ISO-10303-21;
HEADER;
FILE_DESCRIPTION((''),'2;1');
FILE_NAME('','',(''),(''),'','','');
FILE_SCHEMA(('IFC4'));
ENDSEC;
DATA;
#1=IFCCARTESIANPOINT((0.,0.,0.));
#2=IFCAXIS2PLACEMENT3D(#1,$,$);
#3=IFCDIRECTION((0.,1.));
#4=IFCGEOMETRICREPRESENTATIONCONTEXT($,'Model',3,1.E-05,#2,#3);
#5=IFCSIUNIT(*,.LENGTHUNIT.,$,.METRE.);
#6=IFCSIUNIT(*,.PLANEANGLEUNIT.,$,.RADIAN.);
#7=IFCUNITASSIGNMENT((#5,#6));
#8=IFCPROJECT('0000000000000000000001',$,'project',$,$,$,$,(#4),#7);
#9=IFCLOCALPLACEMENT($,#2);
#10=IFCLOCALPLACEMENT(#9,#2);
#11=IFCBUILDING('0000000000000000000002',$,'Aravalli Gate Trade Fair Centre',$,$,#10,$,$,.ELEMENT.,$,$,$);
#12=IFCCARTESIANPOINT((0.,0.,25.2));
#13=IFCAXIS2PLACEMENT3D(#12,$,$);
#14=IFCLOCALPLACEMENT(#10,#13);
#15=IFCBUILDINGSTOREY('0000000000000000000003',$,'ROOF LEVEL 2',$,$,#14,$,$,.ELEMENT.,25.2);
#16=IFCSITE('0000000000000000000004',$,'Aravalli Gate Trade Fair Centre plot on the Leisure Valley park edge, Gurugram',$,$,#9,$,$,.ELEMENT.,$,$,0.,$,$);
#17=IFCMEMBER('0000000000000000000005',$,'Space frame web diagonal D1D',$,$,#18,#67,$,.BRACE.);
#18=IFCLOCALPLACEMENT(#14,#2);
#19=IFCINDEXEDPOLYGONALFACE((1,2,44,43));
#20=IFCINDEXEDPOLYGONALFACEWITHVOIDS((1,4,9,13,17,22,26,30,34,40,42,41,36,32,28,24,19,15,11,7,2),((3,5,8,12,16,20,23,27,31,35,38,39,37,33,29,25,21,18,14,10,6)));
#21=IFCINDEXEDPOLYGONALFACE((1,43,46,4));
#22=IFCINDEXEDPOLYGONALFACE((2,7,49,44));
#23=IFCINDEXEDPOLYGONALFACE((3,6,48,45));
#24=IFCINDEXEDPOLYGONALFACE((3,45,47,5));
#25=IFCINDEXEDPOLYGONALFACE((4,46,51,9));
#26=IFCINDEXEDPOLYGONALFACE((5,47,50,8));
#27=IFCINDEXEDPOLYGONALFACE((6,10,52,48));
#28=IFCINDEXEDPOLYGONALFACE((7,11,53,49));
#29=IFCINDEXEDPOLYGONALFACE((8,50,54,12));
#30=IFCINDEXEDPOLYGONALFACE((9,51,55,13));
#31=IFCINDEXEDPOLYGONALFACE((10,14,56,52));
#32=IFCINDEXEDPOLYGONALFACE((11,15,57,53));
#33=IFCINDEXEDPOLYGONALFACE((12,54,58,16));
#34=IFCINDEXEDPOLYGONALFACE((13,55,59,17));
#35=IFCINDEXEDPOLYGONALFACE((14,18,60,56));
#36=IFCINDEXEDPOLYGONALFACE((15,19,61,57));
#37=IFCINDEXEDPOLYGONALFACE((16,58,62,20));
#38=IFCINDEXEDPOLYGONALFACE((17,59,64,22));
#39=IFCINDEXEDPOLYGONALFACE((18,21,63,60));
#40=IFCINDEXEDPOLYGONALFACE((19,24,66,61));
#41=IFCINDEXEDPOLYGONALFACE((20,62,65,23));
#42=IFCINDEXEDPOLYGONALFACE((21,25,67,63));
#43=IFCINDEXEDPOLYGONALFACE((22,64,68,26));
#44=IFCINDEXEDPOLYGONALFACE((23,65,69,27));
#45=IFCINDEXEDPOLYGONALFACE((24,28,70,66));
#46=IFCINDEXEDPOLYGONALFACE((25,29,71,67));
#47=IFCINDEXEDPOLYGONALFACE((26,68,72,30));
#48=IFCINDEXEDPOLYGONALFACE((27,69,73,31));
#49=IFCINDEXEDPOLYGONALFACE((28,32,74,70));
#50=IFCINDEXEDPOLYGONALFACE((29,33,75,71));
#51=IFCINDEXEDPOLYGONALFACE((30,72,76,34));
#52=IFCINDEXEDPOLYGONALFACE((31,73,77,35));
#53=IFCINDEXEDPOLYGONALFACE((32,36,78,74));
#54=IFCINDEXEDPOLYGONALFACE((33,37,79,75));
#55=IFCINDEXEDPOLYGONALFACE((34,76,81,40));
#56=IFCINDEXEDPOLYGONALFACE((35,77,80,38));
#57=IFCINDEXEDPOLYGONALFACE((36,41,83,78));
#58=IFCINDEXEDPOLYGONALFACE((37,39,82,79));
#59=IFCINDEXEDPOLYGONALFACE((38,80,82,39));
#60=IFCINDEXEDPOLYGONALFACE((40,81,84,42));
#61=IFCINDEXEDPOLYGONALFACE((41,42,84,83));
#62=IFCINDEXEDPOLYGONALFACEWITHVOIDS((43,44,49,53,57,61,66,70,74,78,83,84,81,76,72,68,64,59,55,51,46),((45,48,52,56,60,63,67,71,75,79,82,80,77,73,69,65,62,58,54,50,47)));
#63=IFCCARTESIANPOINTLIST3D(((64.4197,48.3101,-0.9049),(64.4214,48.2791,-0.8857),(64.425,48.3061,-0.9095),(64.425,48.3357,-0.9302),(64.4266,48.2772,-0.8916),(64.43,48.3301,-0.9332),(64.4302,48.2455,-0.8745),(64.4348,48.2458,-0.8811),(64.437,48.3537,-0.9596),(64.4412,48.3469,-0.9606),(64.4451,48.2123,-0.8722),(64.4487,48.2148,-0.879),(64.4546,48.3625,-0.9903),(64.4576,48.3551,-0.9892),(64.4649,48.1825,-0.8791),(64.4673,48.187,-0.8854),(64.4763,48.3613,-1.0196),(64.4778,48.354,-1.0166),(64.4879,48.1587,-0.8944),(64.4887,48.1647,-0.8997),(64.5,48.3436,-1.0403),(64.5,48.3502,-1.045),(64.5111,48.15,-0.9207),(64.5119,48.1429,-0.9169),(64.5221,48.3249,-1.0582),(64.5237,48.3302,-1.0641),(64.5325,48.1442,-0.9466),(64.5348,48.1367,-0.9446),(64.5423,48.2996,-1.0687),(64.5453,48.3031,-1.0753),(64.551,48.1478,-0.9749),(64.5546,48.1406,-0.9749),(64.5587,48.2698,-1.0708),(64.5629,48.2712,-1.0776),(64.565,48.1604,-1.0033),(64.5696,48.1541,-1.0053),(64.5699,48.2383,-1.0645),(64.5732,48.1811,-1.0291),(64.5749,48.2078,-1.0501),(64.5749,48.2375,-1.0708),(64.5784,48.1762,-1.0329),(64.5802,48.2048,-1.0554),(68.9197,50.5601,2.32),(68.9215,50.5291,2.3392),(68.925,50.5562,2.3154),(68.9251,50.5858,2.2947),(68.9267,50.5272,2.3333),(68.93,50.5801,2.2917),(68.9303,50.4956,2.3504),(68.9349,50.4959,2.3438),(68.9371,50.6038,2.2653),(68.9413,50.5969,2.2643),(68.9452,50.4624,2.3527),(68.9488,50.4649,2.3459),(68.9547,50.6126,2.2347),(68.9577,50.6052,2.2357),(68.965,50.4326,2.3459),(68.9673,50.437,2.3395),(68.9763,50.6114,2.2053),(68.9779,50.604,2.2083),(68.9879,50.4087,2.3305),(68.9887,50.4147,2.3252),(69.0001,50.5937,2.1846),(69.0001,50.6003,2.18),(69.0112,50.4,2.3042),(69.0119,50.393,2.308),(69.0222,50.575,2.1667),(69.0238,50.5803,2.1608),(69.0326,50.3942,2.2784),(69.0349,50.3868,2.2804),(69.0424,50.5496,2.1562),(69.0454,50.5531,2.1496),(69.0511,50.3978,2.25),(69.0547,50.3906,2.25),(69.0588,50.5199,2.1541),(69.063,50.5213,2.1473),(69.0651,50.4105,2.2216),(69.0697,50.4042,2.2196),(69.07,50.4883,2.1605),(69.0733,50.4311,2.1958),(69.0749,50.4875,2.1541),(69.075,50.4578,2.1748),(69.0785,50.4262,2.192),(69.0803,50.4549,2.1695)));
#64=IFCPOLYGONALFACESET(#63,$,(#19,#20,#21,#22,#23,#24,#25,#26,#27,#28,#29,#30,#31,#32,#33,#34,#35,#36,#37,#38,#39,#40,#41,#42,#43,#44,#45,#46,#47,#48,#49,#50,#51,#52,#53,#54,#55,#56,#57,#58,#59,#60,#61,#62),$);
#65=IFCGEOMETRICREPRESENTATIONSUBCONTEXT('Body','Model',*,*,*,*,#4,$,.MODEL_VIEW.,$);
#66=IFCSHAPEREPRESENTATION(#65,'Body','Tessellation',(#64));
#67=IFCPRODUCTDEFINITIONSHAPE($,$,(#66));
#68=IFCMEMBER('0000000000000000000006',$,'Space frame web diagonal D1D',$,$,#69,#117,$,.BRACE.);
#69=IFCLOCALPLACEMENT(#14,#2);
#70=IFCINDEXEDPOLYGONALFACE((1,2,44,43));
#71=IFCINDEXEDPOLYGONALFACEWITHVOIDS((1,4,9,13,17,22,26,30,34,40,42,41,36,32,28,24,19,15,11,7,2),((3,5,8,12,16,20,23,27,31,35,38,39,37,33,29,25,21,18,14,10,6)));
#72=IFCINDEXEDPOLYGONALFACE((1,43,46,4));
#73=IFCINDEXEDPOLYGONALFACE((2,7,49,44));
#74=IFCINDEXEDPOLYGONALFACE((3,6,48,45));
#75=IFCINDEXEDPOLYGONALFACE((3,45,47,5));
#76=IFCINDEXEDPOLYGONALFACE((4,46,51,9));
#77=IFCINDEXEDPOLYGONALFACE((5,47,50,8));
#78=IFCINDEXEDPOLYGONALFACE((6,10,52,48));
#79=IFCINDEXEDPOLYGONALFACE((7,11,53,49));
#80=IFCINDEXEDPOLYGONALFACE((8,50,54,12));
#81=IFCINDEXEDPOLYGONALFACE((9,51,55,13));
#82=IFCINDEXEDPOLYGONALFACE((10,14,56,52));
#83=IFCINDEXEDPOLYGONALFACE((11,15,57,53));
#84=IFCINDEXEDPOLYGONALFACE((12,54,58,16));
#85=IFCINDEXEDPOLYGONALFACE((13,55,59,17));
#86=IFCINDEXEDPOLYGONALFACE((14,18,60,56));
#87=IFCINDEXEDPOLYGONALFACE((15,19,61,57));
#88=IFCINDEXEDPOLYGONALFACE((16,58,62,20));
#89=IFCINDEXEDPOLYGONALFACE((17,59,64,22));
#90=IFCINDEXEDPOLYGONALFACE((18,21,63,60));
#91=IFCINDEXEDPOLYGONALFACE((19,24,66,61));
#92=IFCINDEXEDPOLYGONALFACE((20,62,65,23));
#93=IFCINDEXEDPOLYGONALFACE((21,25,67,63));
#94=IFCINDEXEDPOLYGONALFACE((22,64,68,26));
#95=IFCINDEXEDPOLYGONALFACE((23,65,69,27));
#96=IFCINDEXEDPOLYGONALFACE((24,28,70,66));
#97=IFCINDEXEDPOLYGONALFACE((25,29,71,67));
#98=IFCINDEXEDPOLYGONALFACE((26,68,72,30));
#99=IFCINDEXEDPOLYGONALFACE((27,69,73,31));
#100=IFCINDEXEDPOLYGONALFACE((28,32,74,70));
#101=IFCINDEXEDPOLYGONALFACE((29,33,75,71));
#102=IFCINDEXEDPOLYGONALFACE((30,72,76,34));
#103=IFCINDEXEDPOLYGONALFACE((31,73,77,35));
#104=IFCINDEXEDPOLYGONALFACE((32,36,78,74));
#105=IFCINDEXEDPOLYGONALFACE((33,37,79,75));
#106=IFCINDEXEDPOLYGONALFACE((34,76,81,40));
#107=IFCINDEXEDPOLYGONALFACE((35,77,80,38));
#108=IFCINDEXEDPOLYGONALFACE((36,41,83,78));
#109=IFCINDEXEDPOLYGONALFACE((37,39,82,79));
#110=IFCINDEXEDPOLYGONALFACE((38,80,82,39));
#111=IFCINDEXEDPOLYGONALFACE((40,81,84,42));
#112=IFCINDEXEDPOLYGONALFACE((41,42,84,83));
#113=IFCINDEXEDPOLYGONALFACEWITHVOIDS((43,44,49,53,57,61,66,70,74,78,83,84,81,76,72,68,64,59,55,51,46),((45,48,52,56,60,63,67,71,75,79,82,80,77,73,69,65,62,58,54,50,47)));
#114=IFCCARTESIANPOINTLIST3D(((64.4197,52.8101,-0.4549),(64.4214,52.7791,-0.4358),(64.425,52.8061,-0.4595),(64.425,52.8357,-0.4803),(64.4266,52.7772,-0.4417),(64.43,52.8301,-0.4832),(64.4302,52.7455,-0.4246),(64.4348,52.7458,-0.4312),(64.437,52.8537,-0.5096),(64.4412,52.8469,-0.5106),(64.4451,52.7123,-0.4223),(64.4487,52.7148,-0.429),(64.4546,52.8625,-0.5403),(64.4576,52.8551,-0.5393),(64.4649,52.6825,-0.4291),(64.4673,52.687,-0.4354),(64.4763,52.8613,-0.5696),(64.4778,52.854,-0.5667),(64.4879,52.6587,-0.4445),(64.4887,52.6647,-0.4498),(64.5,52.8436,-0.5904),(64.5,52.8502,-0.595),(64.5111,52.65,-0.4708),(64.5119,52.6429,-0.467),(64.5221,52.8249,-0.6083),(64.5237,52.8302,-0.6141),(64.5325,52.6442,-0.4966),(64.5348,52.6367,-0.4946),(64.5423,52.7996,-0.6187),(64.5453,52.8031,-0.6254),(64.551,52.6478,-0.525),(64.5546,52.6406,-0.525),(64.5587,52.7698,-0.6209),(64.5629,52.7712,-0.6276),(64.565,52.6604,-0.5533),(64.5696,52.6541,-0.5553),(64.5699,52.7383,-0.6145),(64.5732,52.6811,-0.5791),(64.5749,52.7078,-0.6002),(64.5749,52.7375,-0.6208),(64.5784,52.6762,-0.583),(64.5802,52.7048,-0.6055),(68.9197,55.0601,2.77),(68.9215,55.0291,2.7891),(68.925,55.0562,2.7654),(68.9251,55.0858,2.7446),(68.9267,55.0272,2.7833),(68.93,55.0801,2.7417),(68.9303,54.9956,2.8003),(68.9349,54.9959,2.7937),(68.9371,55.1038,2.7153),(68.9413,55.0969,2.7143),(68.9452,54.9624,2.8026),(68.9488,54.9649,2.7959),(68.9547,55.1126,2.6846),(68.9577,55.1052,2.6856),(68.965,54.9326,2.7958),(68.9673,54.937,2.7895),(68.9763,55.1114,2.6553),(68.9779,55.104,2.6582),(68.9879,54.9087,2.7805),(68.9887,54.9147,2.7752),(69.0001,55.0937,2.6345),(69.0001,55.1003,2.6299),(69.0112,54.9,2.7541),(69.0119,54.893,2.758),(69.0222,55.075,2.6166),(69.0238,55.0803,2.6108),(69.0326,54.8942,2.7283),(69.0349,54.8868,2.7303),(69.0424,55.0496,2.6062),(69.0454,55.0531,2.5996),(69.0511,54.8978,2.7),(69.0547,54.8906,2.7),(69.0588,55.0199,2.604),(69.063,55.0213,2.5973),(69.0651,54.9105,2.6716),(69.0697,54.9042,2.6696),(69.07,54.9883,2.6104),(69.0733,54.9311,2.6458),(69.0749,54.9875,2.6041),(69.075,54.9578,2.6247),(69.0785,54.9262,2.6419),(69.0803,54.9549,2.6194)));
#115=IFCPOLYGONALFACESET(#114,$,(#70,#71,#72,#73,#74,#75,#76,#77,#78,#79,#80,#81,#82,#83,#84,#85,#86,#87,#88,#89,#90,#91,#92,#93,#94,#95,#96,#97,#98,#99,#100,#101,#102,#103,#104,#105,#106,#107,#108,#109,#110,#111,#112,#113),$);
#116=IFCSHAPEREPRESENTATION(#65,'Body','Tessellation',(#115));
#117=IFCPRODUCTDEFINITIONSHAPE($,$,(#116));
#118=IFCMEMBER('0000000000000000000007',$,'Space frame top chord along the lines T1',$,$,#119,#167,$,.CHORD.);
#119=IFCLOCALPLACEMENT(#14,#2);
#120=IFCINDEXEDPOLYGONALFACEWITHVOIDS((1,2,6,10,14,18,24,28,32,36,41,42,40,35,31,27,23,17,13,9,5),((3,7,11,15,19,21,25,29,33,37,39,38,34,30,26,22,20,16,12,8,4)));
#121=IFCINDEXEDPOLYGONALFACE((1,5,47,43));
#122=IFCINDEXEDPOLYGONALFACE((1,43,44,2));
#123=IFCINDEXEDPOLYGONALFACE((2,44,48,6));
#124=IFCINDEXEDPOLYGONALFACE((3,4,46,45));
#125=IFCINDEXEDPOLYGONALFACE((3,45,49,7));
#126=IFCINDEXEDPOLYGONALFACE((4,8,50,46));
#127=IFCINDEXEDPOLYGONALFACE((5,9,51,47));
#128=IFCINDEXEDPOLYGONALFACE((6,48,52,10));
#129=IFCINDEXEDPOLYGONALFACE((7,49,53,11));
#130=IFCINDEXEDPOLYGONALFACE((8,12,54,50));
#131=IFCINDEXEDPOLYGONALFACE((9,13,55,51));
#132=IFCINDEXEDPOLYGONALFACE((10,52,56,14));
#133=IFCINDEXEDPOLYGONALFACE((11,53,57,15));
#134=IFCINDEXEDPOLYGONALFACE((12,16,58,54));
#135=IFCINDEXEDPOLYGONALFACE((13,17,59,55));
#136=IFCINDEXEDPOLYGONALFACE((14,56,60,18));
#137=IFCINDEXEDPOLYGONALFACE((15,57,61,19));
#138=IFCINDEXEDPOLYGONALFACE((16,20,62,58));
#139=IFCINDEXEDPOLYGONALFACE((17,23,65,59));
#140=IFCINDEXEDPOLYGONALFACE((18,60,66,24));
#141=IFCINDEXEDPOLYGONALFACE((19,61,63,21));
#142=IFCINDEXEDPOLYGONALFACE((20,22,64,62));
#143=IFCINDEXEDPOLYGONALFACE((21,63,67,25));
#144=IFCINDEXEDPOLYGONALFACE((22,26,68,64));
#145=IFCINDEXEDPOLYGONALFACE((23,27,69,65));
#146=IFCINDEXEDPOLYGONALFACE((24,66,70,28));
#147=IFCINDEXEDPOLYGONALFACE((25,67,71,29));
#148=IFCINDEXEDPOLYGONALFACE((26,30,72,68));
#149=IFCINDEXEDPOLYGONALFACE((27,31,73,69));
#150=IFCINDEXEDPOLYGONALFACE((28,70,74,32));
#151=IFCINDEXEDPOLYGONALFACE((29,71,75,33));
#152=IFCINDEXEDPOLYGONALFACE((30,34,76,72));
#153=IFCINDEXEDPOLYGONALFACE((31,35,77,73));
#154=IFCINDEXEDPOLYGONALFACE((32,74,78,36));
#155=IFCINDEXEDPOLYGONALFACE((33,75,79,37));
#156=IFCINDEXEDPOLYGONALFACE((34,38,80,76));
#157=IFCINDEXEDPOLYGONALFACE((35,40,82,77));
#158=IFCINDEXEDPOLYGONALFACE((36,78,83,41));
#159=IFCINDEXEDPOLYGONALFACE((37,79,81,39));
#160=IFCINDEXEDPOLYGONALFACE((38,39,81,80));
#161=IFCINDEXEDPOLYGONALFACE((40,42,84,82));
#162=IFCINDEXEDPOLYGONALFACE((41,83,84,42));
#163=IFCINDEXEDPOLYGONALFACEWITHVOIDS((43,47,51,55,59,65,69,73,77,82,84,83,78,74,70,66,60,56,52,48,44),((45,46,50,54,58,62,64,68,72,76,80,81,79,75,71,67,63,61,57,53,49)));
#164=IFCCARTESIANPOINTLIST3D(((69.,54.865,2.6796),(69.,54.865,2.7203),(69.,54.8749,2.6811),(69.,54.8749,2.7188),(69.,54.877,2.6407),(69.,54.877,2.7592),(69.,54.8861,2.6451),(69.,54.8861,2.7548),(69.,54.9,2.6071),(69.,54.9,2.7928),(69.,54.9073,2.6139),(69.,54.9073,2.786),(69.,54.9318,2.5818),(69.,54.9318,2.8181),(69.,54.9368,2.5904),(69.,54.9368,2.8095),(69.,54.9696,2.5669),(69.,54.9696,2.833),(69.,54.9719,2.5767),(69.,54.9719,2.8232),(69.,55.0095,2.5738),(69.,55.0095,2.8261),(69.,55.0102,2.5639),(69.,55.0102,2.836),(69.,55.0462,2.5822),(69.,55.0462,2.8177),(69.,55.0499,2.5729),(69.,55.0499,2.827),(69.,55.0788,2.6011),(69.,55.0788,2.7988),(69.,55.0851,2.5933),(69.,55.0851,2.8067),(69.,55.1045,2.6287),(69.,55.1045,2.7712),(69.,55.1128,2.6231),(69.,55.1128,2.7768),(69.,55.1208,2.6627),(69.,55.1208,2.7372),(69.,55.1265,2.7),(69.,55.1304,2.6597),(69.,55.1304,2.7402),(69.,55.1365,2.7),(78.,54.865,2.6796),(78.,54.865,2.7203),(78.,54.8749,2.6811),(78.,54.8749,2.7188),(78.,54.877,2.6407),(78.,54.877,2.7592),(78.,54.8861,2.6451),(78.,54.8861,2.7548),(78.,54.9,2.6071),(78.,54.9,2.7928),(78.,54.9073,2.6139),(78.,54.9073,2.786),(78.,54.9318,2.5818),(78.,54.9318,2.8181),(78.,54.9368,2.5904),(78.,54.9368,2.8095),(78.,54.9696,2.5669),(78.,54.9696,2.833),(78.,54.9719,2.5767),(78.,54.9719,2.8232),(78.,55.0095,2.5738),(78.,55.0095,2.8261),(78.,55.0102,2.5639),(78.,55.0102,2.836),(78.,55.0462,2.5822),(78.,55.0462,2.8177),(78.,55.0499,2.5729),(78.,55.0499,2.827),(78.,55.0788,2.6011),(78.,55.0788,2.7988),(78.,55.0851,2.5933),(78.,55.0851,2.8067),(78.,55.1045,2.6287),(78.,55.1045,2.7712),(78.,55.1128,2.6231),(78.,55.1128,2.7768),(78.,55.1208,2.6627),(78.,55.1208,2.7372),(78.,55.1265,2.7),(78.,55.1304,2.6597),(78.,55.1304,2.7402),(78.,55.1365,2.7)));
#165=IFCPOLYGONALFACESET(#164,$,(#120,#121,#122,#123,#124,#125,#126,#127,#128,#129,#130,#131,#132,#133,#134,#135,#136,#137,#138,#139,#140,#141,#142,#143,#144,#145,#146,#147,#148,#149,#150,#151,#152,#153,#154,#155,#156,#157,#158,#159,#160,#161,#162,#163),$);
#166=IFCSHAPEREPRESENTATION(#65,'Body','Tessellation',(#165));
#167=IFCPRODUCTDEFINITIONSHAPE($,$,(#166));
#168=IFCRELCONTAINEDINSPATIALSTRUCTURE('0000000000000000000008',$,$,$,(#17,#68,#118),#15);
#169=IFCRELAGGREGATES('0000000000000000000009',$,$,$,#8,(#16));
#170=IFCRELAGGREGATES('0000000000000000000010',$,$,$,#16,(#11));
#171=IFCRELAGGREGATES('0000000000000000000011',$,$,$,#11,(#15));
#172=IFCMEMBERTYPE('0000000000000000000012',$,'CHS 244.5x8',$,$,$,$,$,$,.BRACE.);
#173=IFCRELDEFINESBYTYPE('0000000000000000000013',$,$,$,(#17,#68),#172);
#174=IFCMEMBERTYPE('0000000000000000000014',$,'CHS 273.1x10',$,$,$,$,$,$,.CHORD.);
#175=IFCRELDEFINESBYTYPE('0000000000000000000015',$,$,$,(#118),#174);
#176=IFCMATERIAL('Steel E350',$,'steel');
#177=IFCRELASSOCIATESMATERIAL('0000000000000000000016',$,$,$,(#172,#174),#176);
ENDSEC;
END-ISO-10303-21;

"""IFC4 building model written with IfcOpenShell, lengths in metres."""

from ifc_helpers import new_model, si_unit, direction, frame, origin, origin_2d, place, context, subcontext, project, spatial, hollow_circle, extrude, material, material_profile, profile_set, type_object, element, save


model = new_model("IFC4")

# Units and contexts
model_context = context("Model", 3, precision=1e-05, world=origin(), true_north=direction((0.0, 1.0)))
body_context = subcontext(model_context, "Body", "Model", "MODEL_VIEW")
ifc_project = project(units=[si_unit("LENGTHUNIT", "METRE"), si_unit("PLANEANGLEUNIT", "RADIAN")], contexts=[model_context])

# Site, building, storey
site_placement = place(None, origin())
site = spatial("IfcSite", under=ifc_project, at=site_placement, Name="Aravalli Gate Trade Fair Centre plot on the Leisure Valley park edge, Gurugram", CompositionType="ELEMENT", RefElevation=0.0)
building_placement = place(site_placement, origin())
building = spatial("IfcBuilding", under=site, at=building_placement, Name="Aravalli Gate Trade Fair Centre", CompositionType="ELEMENT")
storey_placement = place(building_placement, frame((0.0, 0.0, 25.2)))
storey = spatial("IfcBuildingStorey", under=building, at=storey_placement, Name="ROOF LEVEL 2", CompositionType="ELEMENT", Elevation=25.2)

# Members
ifc_material = material(Name="Steel E350", Category="steel")
ifc_material_profile_1 = material_profile(ifc_material, hollow_circle(Radius=0.1223, WallThickness=0.0081, at=origin_2d()), Name="CHS 244.5x8")
ifc_profile_set_1 = profile_set([ifc_material_profile_1], Name="Steel E350")
member_type_1 = type_object("IfcMemberType", Name="CHS 244.5x8", PredefinedType="BRACE", material=ifc_profile_set_1)
for number, where, z_axis, x_axis, name in (
    (1, (69.0, 50.5, 2.25), (-0.753016, -0.376508, -0.539637), (0.447214, -0.894427, 0.0), "Space frame web diagonal D1D"),
    (2, (69.0, 55.0, 2.7), (-0.753016, -0.376508, -0.539637), (0.447214, -0.894427, 0.0), "Space frame web diagonal D1D"),
):
    element("IfcMember", number, at=place(storey_placement, frame(where, z_axis=z_axis, x_axis=x_axis)), inside=storey, type_object=member_type_1, Name=name, PredefinedType="BRACE", context=body_context, shape_type="SweptSolid", body=[
        extrude(hollow_circle(Radius=0.1223, WallThickness=0.0081, at=origin_2d()), origin(), (0.0, 0.0, 1.0), 5.9761),
    ])
ifc_material_profile_2 = material_profile(ifc_material, hollow_circle(Radius=0.1365, WallThickness=0.01, at=origin_2d()), Name="CHS 273.1x10")
ifc_profile_set_2 = profile_set([ifc_material_profile_2], Name="Steel E350")
member_type_2 = type_object("IfcMemberType", Name="CHS 273.1x10", PredefinedType="CHORD", material=ifc_profile_set_2)
member_1_placement = place(storey_placement, frame((69.0, 55.0, 2.7), z_axis=(1.0, 0.0, 0.0), x_axis=(0.0, 1.0, 0.0)))
element("IfcMember", 3, at=member_1_placement, inside=storey, type_object=member_type_2, Name="Space frame top chord along the lines T1", PredefinedType="CHORD", context=body_context, shape_type="SweptSolid", body=[
    extrude(hollow_circle(Radius=0.1365, WallThickness=0.01, at=origin_2d()), origin(), (0.0, 0.0, 1.0), 9.0),
])

save(model, "model.ifc")
